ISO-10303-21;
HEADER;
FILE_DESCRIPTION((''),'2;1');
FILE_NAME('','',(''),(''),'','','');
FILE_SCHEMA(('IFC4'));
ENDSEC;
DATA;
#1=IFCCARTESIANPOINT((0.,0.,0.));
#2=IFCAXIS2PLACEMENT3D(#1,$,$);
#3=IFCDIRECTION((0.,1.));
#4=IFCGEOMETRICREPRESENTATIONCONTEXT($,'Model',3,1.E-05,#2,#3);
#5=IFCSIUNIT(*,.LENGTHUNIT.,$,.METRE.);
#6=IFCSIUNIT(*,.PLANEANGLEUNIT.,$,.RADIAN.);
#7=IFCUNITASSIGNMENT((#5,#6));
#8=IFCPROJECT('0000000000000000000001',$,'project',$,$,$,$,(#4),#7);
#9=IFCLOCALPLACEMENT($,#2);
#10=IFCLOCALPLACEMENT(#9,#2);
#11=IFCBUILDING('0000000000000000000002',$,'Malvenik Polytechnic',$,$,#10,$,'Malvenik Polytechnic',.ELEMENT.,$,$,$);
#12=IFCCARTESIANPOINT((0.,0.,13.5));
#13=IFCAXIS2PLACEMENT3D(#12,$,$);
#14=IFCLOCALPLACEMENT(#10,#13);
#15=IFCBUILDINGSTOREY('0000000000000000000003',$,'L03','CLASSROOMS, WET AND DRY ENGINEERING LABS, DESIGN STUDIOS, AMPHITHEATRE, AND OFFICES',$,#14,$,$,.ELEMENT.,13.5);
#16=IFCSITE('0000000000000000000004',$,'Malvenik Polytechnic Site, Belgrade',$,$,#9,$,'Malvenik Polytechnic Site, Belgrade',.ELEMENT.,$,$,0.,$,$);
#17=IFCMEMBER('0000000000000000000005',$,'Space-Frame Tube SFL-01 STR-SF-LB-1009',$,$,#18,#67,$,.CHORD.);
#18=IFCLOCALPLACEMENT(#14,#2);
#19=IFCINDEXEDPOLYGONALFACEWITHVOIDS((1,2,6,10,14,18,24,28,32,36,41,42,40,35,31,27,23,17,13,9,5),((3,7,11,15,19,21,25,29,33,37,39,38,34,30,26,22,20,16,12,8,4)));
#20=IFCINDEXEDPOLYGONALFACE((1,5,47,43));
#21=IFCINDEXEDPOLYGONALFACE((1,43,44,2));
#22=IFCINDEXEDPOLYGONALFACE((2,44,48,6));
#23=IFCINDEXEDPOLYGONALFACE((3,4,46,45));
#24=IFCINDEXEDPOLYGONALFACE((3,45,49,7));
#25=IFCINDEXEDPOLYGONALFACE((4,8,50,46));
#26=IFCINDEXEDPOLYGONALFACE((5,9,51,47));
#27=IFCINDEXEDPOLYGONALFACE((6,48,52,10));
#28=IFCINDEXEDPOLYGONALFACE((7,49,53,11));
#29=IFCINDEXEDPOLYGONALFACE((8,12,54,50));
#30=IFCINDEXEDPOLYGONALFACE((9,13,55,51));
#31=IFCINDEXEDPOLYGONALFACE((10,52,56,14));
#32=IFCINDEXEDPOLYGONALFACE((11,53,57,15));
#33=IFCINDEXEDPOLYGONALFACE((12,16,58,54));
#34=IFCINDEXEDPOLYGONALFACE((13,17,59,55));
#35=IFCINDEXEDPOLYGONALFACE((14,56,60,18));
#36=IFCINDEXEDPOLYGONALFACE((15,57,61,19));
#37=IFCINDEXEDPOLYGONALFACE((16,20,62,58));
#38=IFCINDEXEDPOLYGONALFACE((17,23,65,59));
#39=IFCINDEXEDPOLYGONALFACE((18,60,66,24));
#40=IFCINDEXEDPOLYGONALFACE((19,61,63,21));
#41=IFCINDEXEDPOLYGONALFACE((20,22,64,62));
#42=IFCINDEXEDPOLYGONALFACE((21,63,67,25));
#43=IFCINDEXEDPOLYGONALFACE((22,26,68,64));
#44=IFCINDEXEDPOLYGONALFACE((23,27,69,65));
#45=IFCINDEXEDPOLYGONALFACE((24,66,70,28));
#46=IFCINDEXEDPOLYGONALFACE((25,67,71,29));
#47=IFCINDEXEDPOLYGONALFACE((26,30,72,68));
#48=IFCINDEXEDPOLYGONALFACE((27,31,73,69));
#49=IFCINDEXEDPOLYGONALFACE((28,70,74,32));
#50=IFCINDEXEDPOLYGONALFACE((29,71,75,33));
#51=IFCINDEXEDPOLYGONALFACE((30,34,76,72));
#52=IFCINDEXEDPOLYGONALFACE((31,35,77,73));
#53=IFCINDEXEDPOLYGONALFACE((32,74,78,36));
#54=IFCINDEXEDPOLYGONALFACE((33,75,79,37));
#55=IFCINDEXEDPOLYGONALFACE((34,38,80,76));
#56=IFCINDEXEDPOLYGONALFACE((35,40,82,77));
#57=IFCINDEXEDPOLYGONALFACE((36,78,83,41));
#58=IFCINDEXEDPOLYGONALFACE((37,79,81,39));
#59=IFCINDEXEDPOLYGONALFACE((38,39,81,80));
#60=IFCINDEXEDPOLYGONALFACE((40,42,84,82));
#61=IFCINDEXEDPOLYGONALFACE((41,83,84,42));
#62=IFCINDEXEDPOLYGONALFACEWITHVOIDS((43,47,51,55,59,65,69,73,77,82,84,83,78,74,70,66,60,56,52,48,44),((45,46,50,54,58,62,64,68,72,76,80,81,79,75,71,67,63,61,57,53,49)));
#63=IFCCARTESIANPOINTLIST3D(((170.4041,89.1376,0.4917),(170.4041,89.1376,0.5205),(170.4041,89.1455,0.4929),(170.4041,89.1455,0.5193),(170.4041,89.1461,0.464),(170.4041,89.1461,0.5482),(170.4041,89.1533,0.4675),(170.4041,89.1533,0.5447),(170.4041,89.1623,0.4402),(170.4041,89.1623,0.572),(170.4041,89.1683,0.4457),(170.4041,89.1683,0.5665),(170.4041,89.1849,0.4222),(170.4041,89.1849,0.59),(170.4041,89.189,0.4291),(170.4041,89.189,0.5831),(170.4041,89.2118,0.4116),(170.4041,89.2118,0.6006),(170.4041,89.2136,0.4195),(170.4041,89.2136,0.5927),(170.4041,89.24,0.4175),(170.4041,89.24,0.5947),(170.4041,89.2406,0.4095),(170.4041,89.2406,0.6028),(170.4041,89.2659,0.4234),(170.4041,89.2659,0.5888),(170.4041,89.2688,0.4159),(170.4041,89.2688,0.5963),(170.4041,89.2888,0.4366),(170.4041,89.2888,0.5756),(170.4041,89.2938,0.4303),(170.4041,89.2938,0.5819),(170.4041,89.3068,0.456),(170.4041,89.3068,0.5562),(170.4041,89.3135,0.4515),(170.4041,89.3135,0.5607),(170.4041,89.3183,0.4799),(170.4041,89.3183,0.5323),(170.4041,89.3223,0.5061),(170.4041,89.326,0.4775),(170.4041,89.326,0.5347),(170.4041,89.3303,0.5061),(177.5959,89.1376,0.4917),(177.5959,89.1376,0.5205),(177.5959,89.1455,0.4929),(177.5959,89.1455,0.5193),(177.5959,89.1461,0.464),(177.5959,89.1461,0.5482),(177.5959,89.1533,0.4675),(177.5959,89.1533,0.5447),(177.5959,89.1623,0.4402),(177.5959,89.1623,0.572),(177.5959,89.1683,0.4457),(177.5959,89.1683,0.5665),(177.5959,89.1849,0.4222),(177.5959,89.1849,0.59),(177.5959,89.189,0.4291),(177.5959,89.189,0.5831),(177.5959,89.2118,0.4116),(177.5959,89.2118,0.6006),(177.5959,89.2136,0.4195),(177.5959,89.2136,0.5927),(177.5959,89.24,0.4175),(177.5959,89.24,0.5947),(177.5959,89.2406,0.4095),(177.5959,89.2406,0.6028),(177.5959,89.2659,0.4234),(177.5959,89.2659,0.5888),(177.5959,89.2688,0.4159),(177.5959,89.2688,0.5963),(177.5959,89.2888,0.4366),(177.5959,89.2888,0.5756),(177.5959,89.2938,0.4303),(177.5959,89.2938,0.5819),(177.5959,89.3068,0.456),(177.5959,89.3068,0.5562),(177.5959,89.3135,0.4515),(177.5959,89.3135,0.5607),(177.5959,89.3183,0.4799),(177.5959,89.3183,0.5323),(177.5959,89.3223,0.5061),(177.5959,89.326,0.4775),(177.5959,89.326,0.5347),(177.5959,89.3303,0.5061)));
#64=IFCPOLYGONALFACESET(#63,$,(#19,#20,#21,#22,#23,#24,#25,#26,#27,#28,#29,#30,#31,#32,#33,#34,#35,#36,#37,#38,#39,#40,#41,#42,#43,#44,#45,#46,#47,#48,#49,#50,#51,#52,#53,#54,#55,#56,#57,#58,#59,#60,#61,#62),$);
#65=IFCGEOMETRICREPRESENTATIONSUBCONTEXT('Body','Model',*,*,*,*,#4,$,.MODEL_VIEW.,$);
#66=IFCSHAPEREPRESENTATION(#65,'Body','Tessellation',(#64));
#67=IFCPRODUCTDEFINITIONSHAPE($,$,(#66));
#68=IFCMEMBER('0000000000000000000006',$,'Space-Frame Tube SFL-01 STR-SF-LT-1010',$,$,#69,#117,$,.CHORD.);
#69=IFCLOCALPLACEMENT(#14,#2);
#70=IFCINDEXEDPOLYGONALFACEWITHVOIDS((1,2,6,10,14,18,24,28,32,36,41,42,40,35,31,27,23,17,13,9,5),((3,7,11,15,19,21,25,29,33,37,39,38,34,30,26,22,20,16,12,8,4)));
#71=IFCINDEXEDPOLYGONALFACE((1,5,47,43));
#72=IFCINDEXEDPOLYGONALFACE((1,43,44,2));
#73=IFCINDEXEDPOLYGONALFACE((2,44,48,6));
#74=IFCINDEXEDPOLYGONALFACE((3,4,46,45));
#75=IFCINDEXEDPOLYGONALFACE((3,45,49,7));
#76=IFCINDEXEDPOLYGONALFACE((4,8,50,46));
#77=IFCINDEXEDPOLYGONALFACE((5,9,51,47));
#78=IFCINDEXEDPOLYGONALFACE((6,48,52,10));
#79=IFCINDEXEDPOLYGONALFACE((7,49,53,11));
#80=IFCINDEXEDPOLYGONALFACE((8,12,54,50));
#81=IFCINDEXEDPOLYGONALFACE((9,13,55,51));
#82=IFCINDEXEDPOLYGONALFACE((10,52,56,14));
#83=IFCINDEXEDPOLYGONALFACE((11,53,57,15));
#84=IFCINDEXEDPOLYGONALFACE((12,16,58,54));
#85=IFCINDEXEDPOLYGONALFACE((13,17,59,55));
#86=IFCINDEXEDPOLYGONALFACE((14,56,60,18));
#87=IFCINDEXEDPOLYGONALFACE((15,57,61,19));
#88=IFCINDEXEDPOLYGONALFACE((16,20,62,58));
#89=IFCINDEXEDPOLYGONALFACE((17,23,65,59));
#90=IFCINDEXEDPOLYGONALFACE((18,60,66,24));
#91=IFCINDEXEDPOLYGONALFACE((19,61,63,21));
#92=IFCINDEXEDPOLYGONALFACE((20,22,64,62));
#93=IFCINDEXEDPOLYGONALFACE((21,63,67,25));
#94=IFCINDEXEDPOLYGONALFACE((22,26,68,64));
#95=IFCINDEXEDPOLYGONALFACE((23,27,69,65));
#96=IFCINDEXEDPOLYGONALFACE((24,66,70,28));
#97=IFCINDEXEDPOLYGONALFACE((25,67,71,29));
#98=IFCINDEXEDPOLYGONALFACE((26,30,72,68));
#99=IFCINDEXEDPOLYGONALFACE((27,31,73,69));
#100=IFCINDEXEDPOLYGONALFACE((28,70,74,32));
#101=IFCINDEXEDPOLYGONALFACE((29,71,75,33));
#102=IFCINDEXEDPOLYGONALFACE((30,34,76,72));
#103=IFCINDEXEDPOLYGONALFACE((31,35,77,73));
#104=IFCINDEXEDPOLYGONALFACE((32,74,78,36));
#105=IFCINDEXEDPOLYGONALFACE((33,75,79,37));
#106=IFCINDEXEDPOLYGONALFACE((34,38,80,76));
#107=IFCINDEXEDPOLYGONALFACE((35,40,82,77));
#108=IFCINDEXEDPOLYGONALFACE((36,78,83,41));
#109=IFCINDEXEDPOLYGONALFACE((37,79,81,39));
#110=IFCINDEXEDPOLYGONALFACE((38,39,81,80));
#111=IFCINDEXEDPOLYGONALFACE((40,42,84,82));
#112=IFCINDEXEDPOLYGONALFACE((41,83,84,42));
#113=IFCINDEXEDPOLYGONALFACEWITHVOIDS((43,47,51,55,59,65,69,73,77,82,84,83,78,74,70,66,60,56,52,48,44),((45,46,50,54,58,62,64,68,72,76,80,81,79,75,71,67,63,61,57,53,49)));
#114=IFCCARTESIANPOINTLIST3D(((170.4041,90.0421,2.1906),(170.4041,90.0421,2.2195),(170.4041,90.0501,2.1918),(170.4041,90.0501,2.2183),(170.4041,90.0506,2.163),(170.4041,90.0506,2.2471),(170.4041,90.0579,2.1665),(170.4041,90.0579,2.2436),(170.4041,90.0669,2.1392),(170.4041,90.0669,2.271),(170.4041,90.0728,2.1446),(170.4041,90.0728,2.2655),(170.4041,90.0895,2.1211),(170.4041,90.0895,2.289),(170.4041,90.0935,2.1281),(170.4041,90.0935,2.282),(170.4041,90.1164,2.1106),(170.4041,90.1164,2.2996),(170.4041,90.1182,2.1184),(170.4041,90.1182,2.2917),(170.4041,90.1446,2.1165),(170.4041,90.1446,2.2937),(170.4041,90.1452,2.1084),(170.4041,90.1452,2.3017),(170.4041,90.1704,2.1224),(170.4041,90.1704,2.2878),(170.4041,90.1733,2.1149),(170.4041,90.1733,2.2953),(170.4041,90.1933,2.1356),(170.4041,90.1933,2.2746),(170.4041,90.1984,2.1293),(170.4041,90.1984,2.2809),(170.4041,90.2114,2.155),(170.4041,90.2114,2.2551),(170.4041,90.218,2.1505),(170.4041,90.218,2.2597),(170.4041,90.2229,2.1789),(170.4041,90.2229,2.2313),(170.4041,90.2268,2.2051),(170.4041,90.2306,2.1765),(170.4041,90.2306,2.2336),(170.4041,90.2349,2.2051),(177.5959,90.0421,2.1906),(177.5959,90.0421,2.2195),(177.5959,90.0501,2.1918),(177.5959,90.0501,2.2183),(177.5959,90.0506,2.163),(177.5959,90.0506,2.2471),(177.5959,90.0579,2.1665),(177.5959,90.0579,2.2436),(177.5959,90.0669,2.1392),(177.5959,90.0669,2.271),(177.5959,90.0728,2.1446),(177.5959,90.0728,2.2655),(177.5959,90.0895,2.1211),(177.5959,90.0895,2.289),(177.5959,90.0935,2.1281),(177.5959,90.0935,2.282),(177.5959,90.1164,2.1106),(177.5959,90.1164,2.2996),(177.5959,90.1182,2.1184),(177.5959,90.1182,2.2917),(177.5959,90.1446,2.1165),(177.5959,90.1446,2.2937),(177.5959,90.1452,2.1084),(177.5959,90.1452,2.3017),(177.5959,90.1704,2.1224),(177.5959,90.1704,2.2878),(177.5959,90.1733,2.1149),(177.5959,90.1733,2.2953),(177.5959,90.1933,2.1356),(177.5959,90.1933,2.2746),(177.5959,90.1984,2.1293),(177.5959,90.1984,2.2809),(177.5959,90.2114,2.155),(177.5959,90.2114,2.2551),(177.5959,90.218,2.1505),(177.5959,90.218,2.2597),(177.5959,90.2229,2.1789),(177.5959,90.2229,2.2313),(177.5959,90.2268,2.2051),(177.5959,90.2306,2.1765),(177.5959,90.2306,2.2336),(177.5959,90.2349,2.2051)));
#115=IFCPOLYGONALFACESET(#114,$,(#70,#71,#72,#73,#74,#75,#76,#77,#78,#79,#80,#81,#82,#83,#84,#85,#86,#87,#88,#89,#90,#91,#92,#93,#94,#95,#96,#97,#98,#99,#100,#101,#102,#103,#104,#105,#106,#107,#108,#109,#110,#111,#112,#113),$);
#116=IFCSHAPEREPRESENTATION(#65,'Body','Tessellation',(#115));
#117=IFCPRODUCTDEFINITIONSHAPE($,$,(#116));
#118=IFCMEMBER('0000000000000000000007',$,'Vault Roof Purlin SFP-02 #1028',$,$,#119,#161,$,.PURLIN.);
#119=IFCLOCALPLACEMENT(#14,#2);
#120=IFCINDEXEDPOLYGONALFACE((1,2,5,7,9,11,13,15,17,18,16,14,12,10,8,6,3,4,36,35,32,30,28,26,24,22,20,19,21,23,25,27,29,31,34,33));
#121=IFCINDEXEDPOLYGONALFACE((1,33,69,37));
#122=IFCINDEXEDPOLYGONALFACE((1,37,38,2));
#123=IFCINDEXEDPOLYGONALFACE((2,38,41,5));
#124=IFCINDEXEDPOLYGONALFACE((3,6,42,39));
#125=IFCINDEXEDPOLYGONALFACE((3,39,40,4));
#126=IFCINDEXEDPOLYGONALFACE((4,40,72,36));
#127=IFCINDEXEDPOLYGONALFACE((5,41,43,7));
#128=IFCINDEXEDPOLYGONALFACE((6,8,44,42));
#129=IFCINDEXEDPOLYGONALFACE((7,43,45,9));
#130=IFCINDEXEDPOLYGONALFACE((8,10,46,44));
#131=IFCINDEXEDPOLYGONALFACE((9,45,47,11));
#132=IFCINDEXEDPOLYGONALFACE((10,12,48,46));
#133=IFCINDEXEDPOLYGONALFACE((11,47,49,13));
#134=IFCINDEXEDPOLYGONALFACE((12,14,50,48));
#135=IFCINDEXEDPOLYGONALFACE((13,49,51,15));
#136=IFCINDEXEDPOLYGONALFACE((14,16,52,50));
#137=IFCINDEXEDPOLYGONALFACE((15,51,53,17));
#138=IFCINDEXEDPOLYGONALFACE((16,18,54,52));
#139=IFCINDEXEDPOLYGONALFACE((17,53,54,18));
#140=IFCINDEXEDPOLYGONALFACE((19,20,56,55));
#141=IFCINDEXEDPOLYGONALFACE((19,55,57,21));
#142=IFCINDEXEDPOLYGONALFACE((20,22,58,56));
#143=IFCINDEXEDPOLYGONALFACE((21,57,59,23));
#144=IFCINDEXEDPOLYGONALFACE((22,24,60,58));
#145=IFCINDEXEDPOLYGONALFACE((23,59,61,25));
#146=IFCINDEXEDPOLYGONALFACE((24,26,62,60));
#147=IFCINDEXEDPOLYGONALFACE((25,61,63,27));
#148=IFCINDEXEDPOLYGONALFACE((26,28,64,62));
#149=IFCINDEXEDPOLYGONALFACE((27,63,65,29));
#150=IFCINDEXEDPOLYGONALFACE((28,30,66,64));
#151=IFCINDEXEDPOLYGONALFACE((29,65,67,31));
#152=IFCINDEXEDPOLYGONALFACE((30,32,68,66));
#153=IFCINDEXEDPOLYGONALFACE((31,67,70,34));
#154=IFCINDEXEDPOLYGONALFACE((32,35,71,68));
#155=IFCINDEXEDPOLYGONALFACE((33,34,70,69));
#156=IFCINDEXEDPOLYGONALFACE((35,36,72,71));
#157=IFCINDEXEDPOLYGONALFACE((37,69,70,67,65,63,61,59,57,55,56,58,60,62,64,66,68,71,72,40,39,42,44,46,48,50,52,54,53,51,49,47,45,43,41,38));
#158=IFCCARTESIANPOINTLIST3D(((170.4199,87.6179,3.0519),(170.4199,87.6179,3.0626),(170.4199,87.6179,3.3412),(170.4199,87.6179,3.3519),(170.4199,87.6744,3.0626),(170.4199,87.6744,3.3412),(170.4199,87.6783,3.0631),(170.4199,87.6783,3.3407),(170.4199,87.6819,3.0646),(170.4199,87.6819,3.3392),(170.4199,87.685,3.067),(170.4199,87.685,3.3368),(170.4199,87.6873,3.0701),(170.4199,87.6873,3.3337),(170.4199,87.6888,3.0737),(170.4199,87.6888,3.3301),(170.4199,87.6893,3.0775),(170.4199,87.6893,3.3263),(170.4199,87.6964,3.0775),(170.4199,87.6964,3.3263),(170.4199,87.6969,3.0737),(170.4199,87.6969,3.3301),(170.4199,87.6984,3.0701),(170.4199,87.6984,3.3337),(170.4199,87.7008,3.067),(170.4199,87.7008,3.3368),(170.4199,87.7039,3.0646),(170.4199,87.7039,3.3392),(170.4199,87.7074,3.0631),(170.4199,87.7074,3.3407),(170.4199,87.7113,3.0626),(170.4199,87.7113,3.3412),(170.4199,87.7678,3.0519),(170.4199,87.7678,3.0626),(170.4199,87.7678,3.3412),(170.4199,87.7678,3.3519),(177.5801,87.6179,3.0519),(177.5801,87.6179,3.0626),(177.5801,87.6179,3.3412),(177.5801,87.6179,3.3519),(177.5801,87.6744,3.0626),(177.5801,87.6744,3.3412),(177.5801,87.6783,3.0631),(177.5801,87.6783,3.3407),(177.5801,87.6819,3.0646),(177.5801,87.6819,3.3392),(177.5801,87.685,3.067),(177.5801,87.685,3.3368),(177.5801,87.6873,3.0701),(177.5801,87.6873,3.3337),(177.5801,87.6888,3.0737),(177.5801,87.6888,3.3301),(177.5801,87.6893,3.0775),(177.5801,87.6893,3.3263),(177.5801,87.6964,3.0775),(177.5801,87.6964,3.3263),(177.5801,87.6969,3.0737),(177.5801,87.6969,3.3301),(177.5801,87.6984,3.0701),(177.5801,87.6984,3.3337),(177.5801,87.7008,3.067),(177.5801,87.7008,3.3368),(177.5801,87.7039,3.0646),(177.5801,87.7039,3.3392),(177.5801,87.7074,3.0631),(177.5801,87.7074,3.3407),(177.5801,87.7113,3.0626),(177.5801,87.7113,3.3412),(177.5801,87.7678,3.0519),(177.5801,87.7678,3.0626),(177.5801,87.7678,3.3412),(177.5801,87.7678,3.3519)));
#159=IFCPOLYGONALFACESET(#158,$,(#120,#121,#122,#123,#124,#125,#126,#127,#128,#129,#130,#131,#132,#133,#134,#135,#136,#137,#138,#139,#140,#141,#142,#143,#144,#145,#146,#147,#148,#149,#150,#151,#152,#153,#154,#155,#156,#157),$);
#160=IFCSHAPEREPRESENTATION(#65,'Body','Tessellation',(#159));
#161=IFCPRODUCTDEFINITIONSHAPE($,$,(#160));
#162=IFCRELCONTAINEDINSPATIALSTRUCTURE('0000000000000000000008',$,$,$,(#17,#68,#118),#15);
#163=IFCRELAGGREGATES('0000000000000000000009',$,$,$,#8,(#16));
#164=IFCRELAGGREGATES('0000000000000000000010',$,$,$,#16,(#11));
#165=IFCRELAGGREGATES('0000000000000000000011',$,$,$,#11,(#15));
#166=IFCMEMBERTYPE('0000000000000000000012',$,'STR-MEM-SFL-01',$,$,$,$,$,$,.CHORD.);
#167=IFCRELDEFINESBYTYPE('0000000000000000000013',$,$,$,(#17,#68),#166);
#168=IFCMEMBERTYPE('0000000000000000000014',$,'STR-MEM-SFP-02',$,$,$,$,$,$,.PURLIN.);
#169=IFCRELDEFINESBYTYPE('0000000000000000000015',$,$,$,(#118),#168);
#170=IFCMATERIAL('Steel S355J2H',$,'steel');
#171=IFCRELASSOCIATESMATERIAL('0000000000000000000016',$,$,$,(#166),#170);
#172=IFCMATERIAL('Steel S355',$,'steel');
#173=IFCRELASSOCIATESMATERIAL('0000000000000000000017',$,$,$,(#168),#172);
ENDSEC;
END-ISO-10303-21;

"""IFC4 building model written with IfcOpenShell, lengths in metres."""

from ifc_helpers import new_model, si_unit, direction, frame, origin, origin_2d, place, context, subcontext, project, spatial, hollow_circle, i_section, extrude, material, material_profile, profile_set, type_object, element, save


model = new_model("IFC4")

# Units and contexts
model_context = context("Model", 3, precision=1e-05, world=origin(), true_north=direction((0.0, 1.0)))
body_context = subcontext(model_context, "Body", "Model", "MODEL_VIEW")
ifc_project = project(units=[si_unit("LENGTHUNIT", "METRE"), si_unit("PLANEANGLEUNIT", "RADIAN")], contexts=[model_context])

# Site, building, storey
site_placement = place(None, origin())
site = spatial("IfcSite", under=ifc_project, at=site_placement, Name="Malvenik Polytechnic Site, Belgrade", LongName="Malvenik Polytechnic Site, Belgrade", CompositionType="ELEMENT", RefElevation=0.0)
building_placement = place(site_placement, origin())
building = spatial("IfcBuilding", under=site, at=building_placement, Name="Malvenik Polytechnic", LongName="Malvenik Polytechnic", CompositionType="ELEMENT")
storey_placement = place(building_placement, frame((0.0, 0.0, 13.5)))
storey = spatial("IfcBuildingStorey", under=building, at=storey_placement, Name="L03", Description="CLASSROOMS, WET AND DRY ENGINEERING LABS, DESIGN STUDIOS, AMPHITHEATRE, AND OFFICES", CompositionType="ELEMENT", Elevation=13.5)

# Members
ifc_material_1 = material(Name="Steel S355J2H", Category="steel")
ifc_material_profile_1 = material_profile(ifc_material_1, hollow_circle(Radius=0.0969, WallThickness=0.0081, at=origin_2d()), Name="CHS 193.7x8.0")
ifc_profile_set_1 = profile_set([ifc_material_profile_1], Name="Steel S355J2H")
member_type_1 = type_object("IfcMemberType", Name="STR-MEM-SFL-01", PredefinedType="CHORD", material=ifc_profile_set_1)
for number, where, z_axis, x_axis, name in (
    (1, (170.4041, 89.2334, 0.5061), (1.0, 0.0, 0.0), (0.0, 1.0, 0.0), "Space-Frame Tube SFL-01 STR-SF-LB-1009"),
    (2, (170.4041, 90.1379, 2.2051), (1.0, 0.0, 0.0), (0.0, 1.0, 0.0), "Space-Frame Tube SFL-01 STR-SF-LT-1010"),
):
    element("IfcMember", number, at=place(storey_placement, frame(where, z_axis=z_axis, x_axis=x_axis)), inside=storey, type_object=member_type_1, Name=name, PredefinedType="CHORD", context=body_context, shape_type="SweptSolid", body=[
        extrude(hollow_circle(Radius=0.0969, WallThickness=0.0081, at=origin_2d()), origin(), (0.0, 0.0, 1.0), 7.1919),
    ])
ifc_material_2 = material(Name="Steel S355", Category="steel")
ifc_material_profile_2 = material_profile(ifc_material_2, i_section(OverallWidth=0.1499, OverallDepth=0.3, WebThickness=0.0071, FlangeThickness=0.0107, FilletRadius=0.0149, at=origin_2d()), Name="IPE 300")
ifc_profile_set_2 = profile_set([ifc_material_profile_2], Name="Steel S355")
member_type_2 = type_object("IfcMemberType", Name="STR-MEM-SFP-02", PredefinedType="PURLIN", material=ifc_profile_set_2)
member_1_placement = place(storey_placement, frame((170.4199, 87.6929, 3.2019), z_axis=(1.0, 0.0, 0.0), x_axis=(0.0, 1.0, 0.0)))
element("IfcMember", 3, at=member_1_placement, inside=storey, type_object=member_type_2, Name="Vault Roof Purlin SFP-02 #1028", PredefinedType="PURLIN", context=body_context, shape_type="SweptSolid", body=[
    extrude(i_section(OverallWidth=0.1499, OverallDepth=0.3, WebThickness=0.0071, FlangeThickness=0.0107, FilletRadius=0.0149, at=origin_2d()), origin(), (0.0, 0.0, 1.0), 7.1602),
])

save(model, "model.ifc")
